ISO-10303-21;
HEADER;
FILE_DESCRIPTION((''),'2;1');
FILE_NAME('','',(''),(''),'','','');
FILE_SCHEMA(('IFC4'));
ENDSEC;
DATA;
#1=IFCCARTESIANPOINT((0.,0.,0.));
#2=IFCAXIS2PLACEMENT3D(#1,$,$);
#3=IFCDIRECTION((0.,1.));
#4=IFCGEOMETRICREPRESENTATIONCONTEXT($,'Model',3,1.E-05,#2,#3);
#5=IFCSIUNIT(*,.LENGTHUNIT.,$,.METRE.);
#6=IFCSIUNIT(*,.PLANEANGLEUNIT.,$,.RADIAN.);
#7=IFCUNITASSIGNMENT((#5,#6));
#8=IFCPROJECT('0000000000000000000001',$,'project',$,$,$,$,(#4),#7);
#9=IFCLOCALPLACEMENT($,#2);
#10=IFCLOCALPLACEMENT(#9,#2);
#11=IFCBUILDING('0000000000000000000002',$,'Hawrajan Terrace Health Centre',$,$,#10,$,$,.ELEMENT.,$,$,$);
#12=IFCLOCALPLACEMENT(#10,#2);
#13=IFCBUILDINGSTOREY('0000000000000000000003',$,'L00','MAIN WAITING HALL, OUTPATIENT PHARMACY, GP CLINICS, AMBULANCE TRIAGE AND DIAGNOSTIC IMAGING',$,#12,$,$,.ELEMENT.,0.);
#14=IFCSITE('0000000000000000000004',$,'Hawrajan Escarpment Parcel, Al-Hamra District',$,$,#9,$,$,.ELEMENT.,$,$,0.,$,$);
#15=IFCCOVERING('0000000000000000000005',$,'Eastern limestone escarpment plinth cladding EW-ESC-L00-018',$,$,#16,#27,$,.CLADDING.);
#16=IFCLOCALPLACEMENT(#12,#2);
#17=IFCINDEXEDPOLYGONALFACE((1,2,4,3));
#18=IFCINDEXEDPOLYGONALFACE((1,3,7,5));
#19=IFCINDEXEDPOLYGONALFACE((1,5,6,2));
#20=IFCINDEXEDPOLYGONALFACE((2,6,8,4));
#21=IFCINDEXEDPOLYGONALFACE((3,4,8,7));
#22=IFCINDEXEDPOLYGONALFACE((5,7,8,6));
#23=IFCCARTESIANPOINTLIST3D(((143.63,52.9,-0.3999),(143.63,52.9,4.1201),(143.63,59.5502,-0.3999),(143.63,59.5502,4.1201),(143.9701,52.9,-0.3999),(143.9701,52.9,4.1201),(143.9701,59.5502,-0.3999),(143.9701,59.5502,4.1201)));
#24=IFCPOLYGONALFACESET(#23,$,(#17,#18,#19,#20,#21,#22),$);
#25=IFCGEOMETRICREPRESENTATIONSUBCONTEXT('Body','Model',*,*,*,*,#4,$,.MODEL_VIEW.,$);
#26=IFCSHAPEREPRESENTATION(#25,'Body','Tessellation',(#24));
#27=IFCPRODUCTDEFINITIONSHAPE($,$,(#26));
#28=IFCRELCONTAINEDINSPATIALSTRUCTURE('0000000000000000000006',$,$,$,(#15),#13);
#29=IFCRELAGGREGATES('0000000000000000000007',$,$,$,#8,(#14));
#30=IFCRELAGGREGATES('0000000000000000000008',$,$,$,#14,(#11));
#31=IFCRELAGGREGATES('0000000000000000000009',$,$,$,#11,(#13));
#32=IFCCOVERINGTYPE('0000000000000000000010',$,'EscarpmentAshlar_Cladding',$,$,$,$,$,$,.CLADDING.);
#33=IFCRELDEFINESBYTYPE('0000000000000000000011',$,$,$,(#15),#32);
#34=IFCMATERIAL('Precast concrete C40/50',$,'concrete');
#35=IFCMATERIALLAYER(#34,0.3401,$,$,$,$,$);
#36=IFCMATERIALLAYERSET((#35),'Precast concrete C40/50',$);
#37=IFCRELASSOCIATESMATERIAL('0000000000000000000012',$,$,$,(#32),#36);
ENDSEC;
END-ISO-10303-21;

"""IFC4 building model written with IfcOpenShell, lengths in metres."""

from ifc_helpers import new_model, si_unit, direction, frame, frame_2d, origin, place, context, subcontext, project, spatial, rectangle, extrude, material, layer, layer_set, type_object, element, save


model = new_model("IFC4")

# Units and contexts
model_context = context("Model", 3, precision=1e-05, world=origin(), true_north=direction((0.0, 1.0)))
body_context = subcontext(model_context, "Body", "Model", "MODEL_VIEW")
ifc_project = project(units=[si_unit("LENGTHUNIT", "METRE"), si_unit("PLANEANGLEUNIT", "RADIAN")], contexts=[model_context])

# Site, building, storey
site_placement = place(None, origin())
site = spatial("IfcSite", under=ifc_project, at=site_placement, Name="Hawrajan Escarpment Parcel, Al-Hamra District", CompositionType="ELEMENT", RefElevation=0.0)
building_placement = place(site_placement, origin())
building = spatial("IfcBuilding", under=site, at=building_placement, Name="Hawrajan Terrace Health Centre", CompositionType="ELEMENT")
storey_placement = place(building_placement, origin())
storey = spatial("IfcBuildingStorey", under=building, at=storey_placement, Name="L00", Description="MAIN WAITING HALL, OUTPATIENT PHARMACY, GP CLINICS, AMBULANCE TRIAGE AND DIAGNOSTIC IMAGING", CompositionType="ELEMENT", Elevation=0.0)

# Shared definitions
ifc_material_1 = material(Name="Precast concrete C40/50", Category="concrete")

# Covering
ifc_layer_1 = layer(ifc_material_1, 0.3401)
ifc_layer_set_1 = layer_set([ifc_layer_1], Name="Precast concrete C40/50")
covering_type = type_object("IfcCoveringType", Name="EscarpmentAshlar_Cladding", PredefinedType="CLADDING", material=ifc_layer_set_1)
for number, where, z_axis, x_axis, name in (
    (1, (143.8, 52.8999, -0.3999), (0.0, 0.0, 1.0), (0.0, 1.0, 0.0), "Eastern limestone escarpment plinth cladding EW-ESC-L00-018"),
):
    element("IfcCovering", number, at=place(storey_placement, frame(where, z_axis=z_axis, x_axis=x_axis)), inside=storey, type_object=covering_type, Name=name, PredefinedType="CLADDING", context=body_context, shape_type="SweptSolid", body=[
        extrude(rectangle(XDim=6.6501, YDim=0.3401, at=frame_2d((3.3252, 0.0))), origin(), (0.0, 0.0, 1.0), 4.52),
    ])

save(model, "model.ifc")
